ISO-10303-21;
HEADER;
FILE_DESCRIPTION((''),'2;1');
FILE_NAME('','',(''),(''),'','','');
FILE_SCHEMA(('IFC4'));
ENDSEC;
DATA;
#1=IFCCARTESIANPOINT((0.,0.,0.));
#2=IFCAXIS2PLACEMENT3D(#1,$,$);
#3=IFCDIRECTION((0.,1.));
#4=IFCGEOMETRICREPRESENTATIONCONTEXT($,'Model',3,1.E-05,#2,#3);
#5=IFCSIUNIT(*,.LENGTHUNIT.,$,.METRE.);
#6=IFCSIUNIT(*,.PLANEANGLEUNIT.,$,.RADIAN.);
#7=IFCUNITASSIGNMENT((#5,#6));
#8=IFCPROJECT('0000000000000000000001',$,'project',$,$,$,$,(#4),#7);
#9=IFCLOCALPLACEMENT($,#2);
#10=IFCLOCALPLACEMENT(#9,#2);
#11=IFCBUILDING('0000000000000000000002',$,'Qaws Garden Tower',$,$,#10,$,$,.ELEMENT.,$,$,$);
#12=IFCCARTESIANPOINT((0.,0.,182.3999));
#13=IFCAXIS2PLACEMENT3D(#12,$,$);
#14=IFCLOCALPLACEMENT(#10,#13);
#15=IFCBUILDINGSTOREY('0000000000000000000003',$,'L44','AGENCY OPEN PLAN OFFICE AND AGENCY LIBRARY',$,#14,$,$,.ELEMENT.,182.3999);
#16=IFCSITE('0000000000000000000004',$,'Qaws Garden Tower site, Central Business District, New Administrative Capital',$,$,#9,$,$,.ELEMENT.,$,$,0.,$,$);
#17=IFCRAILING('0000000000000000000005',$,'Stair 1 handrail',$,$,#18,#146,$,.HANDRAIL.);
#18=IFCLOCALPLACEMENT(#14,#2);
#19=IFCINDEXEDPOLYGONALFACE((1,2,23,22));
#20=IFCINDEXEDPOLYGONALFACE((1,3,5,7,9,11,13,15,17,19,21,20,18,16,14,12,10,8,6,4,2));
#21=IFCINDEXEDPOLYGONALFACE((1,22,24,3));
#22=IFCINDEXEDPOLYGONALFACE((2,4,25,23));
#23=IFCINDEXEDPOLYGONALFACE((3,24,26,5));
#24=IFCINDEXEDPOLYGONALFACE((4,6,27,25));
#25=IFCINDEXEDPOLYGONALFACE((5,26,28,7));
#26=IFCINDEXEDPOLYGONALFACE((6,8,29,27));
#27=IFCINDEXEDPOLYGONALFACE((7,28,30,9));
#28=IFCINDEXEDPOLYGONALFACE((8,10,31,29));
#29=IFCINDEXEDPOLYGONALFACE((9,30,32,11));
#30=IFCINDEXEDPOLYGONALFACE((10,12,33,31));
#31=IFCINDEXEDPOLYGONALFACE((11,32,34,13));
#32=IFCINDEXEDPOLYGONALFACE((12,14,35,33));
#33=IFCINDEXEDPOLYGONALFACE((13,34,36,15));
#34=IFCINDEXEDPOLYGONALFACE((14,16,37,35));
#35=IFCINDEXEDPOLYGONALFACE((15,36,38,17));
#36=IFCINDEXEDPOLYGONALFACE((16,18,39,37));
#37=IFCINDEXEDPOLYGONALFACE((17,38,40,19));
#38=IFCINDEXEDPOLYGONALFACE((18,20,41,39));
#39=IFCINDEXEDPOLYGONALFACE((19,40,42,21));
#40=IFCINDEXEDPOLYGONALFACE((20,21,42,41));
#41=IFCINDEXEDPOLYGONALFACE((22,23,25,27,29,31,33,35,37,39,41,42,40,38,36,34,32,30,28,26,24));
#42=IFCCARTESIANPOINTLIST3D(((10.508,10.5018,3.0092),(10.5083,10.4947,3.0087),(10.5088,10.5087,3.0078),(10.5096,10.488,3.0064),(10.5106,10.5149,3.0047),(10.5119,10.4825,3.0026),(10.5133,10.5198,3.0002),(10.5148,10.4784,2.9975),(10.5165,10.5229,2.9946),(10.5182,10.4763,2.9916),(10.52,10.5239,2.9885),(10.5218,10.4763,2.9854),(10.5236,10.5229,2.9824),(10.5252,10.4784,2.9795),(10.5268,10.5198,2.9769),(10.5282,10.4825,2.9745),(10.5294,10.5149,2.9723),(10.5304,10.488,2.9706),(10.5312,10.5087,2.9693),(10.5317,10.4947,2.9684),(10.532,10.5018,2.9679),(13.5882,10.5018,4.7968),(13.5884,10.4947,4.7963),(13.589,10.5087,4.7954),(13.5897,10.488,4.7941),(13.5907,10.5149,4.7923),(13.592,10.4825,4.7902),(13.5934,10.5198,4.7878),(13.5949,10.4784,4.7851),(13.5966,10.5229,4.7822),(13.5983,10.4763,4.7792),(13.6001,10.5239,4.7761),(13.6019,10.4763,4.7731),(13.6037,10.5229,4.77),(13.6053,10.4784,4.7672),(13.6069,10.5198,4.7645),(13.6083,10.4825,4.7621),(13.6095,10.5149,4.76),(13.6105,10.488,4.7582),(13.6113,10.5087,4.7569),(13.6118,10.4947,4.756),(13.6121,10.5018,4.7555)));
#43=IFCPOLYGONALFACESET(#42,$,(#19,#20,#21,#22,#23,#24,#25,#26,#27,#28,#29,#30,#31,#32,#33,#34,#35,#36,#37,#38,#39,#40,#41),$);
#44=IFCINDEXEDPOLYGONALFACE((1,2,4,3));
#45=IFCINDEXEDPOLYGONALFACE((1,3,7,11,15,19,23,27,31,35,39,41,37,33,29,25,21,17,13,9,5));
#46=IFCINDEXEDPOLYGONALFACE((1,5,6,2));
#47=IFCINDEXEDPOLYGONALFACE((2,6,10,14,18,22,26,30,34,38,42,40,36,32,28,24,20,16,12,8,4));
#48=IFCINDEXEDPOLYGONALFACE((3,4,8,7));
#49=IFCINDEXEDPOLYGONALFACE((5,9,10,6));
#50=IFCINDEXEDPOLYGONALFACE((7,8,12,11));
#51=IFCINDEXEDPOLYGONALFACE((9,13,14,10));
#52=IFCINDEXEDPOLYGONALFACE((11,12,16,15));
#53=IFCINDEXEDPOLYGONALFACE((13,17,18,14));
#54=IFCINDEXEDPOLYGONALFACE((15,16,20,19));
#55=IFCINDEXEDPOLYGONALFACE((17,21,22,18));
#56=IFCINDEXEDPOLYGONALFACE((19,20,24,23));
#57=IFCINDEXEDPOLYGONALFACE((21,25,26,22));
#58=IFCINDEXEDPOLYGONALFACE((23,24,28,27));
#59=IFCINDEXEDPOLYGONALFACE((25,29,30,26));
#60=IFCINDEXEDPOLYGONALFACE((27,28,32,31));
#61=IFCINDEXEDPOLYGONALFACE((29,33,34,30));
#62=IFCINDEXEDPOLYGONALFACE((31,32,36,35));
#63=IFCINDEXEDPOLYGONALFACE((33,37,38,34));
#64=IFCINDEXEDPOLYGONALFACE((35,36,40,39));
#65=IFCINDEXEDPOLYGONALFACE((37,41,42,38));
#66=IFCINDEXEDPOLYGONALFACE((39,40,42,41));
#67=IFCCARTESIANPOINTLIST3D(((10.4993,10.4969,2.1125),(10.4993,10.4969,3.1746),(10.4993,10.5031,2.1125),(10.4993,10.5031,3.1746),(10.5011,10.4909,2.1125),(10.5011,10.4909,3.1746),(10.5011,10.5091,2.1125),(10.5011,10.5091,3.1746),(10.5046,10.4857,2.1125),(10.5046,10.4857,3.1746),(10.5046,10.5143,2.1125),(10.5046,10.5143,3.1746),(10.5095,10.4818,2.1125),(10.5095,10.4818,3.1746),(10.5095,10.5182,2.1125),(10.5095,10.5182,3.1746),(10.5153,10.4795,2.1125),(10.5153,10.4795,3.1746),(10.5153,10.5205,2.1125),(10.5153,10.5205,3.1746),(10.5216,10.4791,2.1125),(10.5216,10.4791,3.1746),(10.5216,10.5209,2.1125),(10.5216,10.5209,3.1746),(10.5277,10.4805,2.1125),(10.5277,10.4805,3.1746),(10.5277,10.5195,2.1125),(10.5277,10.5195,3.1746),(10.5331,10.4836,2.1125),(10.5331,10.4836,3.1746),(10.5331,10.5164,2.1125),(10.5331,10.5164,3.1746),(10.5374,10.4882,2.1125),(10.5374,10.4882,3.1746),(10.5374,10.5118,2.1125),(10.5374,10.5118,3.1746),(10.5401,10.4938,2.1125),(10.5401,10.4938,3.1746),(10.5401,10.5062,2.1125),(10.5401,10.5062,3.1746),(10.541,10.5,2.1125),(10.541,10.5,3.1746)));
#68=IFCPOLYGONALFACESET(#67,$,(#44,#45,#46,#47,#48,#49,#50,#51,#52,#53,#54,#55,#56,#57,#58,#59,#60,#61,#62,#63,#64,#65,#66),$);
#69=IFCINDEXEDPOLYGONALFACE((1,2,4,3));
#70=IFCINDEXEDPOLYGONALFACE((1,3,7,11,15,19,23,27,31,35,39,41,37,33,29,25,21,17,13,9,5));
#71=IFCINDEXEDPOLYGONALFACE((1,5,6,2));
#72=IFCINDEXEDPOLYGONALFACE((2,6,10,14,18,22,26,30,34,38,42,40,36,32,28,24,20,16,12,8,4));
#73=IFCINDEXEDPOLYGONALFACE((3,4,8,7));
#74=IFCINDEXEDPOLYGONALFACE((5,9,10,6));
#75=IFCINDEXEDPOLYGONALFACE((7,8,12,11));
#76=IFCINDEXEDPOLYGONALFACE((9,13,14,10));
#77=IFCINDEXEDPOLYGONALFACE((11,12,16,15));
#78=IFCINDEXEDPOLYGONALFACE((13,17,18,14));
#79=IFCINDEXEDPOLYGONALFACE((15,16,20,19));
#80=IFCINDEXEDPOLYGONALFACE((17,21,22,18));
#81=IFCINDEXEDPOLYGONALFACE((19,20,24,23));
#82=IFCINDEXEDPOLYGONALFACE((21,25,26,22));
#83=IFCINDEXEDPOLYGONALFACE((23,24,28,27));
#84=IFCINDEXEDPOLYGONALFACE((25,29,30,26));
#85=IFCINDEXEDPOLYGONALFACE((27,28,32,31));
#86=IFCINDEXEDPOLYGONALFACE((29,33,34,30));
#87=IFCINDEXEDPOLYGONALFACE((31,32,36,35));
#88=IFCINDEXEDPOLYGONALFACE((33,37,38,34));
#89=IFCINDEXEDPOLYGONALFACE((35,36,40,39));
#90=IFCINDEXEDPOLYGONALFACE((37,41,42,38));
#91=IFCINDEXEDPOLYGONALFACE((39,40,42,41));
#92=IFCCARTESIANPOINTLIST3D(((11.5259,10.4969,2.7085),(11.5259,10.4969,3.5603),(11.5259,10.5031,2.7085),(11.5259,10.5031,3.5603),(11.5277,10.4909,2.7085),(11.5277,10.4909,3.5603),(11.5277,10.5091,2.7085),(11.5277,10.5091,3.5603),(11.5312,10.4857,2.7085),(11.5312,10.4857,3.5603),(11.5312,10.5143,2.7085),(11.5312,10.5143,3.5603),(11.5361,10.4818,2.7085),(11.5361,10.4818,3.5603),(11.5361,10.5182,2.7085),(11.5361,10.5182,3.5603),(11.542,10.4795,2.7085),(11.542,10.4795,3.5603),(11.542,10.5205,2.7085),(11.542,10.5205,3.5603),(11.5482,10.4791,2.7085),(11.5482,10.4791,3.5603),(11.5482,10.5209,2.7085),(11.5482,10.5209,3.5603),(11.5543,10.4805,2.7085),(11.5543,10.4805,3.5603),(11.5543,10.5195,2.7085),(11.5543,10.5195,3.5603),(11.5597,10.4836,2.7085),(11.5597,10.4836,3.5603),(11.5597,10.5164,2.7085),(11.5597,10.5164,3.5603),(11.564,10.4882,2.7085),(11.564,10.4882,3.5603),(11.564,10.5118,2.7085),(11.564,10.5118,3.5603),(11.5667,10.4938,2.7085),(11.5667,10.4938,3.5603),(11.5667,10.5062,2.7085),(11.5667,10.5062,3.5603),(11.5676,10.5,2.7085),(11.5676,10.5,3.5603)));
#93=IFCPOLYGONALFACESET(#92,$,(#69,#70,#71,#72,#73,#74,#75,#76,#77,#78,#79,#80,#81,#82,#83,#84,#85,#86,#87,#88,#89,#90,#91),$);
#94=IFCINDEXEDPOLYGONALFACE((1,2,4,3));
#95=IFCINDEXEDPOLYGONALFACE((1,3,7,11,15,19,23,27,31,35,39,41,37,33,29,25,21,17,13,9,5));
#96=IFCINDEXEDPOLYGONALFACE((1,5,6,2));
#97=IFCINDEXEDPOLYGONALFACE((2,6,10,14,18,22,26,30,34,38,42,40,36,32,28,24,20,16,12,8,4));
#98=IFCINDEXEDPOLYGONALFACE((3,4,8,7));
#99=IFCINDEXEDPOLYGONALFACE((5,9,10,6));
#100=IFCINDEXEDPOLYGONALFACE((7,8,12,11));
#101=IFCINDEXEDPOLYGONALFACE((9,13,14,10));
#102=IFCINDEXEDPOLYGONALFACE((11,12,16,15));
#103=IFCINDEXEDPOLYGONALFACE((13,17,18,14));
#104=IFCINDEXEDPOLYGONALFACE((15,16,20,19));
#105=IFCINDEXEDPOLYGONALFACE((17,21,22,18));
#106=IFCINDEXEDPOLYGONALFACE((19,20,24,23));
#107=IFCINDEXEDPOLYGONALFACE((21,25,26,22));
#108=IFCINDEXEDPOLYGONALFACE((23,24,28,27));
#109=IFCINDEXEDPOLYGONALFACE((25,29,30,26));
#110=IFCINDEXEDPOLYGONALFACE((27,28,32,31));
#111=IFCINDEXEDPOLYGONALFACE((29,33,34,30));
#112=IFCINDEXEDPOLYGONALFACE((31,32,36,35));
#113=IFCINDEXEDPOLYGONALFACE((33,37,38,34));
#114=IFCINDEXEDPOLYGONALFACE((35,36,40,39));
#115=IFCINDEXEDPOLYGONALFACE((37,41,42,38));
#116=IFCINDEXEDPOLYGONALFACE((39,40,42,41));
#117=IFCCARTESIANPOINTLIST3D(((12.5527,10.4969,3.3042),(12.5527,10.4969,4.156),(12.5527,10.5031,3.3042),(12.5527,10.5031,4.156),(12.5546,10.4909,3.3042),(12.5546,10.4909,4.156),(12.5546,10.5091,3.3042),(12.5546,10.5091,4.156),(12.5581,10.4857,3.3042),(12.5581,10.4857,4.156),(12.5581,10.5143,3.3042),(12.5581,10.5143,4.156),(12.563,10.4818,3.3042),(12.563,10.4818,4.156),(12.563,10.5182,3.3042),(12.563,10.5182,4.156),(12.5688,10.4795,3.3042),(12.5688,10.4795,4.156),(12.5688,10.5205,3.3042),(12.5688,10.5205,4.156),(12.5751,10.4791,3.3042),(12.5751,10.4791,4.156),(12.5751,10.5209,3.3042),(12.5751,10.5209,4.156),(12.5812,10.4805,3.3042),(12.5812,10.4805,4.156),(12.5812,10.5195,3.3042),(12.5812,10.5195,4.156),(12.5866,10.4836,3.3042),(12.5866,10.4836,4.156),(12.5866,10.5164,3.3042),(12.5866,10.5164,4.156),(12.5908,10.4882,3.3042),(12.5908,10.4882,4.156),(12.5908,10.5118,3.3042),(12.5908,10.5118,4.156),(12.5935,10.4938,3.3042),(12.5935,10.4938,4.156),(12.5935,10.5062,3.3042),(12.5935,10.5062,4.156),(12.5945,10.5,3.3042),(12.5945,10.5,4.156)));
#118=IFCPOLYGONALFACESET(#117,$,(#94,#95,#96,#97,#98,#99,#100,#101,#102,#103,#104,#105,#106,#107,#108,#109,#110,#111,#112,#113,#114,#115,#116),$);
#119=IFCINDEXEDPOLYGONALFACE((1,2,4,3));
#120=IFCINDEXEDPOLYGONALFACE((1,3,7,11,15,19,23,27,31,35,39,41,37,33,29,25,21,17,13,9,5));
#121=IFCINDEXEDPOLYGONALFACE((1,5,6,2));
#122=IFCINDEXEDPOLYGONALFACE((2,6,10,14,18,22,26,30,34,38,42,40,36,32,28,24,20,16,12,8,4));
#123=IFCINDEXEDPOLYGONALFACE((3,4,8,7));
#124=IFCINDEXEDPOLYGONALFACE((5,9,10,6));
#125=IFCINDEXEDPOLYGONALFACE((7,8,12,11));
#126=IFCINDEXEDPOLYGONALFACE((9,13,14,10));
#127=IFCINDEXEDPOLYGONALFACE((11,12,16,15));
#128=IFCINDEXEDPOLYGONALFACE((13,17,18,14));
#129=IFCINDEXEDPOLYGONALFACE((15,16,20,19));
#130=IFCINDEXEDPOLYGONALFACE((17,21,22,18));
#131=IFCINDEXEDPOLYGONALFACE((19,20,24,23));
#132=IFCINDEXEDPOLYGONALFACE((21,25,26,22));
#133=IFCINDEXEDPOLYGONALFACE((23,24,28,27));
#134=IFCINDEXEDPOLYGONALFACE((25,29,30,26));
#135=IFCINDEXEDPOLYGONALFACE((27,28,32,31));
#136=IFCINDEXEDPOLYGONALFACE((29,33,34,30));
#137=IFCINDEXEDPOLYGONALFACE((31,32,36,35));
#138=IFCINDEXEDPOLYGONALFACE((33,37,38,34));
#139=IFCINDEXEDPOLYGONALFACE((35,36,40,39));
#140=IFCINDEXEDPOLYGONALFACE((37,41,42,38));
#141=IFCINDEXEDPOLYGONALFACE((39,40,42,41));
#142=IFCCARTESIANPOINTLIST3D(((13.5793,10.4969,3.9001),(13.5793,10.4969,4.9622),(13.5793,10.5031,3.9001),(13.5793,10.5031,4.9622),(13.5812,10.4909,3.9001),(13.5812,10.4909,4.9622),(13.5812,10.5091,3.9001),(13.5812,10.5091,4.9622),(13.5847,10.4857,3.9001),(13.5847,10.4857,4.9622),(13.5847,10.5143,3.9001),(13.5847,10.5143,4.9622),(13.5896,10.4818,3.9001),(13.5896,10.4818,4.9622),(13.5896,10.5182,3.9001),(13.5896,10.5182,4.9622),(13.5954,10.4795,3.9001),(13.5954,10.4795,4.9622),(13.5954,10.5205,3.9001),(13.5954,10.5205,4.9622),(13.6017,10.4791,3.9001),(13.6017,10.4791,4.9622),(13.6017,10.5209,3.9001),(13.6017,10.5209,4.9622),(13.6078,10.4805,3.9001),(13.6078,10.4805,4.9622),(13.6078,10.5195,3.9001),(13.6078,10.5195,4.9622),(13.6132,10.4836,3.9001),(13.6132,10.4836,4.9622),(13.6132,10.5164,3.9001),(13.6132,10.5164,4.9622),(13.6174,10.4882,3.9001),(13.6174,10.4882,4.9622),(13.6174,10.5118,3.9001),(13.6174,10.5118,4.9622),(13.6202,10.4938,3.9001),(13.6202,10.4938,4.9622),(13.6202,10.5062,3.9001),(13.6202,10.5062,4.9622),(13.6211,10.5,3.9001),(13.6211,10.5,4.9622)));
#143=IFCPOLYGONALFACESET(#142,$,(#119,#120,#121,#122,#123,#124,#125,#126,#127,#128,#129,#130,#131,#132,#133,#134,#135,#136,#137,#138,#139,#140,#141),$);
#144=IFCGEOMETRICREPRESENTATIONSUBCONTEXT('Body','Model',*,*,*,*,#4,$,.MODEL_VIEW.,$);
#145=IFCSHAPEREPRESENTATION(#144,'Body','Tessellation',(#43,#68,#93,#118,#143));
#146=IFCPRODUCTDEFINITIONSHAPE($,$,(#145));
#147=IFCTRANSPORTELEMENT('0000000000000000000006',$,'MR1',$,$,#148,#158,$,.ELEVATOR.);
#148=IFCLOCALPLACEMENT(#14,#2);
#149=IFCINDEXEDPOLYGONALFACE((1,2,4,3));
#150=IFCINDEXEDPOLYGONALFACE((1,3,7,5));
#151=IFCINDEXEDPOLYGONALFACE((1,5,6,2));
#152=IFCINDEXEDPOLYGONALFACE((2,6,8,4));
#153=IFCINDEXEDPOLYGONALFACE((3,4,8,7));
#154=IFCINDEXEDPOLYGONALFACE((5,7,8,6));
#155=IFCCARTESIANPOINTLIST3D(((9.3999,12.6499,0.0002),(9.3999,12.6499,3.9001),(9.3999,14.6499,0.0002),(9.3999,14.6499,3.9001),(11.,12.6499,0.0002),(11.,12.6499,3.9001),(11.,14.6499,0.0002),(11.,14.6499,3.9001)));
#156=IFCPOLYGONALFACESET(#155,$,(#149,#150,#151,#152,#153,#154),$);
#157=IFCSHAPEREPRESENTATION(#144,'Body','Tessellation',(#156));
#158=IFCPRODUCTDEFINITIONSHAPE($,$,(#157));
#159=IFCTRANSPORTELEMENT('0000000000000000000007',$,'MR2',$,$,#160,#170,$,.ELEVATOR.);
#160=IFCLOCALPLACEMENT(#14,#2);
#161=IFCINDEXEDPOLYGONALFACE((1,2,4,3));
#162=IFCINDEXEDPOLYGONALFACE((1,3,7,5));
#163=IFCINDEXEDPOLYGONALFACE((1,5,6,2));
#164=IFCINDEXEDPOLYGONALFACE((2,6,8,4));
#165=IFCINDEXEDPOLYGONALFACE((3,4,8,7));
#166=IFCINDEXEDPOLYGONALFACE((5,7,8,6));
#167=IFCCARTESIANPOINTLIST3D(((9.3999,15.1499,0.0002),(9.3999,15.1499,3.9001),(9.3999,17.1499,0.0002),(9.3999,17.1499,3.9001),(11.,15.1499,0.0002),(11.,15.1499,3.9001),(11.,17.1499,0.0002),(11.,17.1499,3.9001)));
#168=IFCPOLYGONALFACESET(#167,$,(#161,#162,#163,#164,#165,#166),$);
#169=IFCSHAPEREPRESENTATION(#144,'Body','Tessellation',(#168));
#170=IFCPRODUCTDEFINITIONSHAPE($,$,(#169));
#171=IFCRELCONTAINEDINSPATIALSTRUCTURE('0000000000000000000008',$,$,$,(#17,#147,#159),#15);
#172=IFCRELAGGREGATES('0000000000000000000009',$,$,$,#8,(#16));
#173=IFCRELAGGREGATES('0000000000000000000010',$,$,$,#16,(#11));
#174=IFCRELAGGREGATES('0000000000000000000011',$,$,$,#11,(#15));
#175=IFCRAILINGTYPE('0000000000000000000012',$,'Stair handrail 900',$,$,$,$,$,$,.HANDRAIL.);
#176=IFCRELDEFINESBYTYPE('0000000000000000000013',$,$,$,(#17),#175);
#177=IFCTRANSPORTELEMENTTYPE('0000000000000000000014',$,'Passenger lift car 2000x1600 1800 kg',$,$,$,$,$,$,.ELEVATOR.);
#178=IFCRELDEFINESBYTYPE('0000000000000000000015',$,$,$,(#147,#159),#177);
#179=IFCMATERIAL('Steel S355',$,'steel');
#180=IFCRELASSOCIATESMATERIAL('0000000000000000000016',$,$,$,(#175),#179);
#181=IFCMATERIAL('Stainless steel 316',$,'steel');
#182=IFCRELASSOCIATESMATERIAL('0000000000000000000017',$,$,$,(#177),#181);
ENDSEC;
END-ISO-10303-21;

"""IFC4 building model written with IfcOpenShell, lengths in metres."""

from ifc_helpers import new_model, si_unit, direction, frame, origin, origin_2d, place, context, subcontext, project, spatial, rectangle, circle, extrude, material, type_object, element, save


model = new_model("IFC4")

# Units and contexts
model_context = context("Model", 3, precision=1e-05, world=origin(), true_north=direction((0.0, 1.0)))
body_context = subcontext(model_context, "Body", "Model", "MODEL_VIEW")
ifc_project = project(units=[si_unit("LENGTHUNIT", "METRE"), si_unit("PLANEANGLEUNIT", "RADIAN")], contexts=[model_context])

# Site, building, storey
site_placement = place(None, origin())
site = spatial("IfcSite", under=ifc_project, at=site_placement, Name="Qaws Garden Tower site, Central Business District, New Administrative Capital", CompositionType="ELEMENT", RefElevation=0.0)
building_placement = place(site_placement, origin())
building = spatial("IfcBuilding", under=site, at=building_placement, Name="Qaws Garden Tower", CompositionType="ELEMENT")
storey_placement = place(building_placement, frame((0.0, 0.0, 182.3999)))
storey = spatial("IfcBuildingStorey", under=building, at=storey_placement, Name="L44", Description="AGENCY OPEN PLAN OFFICE AND AGENCY LIBRARY", CompositionType="ELEMENT", Elevation=182.3999)

# Railing
ifc_material_1 = material(Name="Steel S355", Category="steel")
railing_type = type_object("IfcRailingType", Name="Stair handrail 900", PredefinedType="HANDRAIL", material=ifc_material_1)
railing_1_placement = place(storey_placement, frame((10.52, 10.5, 2.1125)))
element("IfcRailing", 1, at=railing_1_placement, inside=storey, type_object=railing_type, Name="Stair 1 handrail", PredefinedType="HANDRAIL", context=body_context, shape_type="SweptSolid", body=[
    extrude(circle(Radius=0.0239, at=origin_2d()), frame((0.0, 0.0, 0.876), z_axis=(0.864891, 0.0, 0.50196), x_axis=(0.0, 1.0, 0.0)), (0.0, 0.0, 1.0), 3.5613),
    extrude(circle(Radius=0.021, at=origin_2d()), origin(), (0.0, 0.0, 1.0), 1.062),
    extrude(circle(Radius=0.021, at=origin_2d()), frame((1.0266, 0.0, 0.5959)), (0.0, 0.0, 1.0), 0.8518),
    extrude(circle(Radius=0.021, at=origin_2d()), frame((2.0535, 0.0, 1.1917)), (0.0, 0.0, 1.0), 0.8518),
    extrude(circle(Radius=0.021, at=origin_2d()), frame((3.0801, 0.0, 1.7876)), (0.0, 0.0, 1.0), 1.062),
])

# Transport elements
ifc_material_2 = material(Name="Stainless steel 316", Category="steel")
transport_element_type = type_object("IfcTransportElementType", Name="Passenger lift car 2000x1600 1800 kg", PredefinedType="ELEVATOR", material=ifc_material_2)
for number, where, z_axis, x_axis, name in (
    (2, (10.2, 13.6499, 0.0002), (0.0, 0.0, 1.0), (1.0, 0.0, 0.0), "MR1"),
    (3, (10.2, 16.1499, 0.0002), (0.0, 0.0, 1.0), (1.0, 0.0, 0.0), "MR2"),
):
    element("IfcTransportElement", number, at=place(storey_placement, frame(where, z_axis=z_axis, x_axis=x_axis)), inside=storey, type_object=transport_element_type, Name=name, PredefinedType="ELEVATOR", context=body_context, shape_type="SweptSolid", body=[
        extrude(rectangle(XDim=1.6001, YDim=2.0, at=origin_2d()), origin(), (0.0, 0.0, 1.0), 3.8999),
    ])

save(model, "model.ifc")
